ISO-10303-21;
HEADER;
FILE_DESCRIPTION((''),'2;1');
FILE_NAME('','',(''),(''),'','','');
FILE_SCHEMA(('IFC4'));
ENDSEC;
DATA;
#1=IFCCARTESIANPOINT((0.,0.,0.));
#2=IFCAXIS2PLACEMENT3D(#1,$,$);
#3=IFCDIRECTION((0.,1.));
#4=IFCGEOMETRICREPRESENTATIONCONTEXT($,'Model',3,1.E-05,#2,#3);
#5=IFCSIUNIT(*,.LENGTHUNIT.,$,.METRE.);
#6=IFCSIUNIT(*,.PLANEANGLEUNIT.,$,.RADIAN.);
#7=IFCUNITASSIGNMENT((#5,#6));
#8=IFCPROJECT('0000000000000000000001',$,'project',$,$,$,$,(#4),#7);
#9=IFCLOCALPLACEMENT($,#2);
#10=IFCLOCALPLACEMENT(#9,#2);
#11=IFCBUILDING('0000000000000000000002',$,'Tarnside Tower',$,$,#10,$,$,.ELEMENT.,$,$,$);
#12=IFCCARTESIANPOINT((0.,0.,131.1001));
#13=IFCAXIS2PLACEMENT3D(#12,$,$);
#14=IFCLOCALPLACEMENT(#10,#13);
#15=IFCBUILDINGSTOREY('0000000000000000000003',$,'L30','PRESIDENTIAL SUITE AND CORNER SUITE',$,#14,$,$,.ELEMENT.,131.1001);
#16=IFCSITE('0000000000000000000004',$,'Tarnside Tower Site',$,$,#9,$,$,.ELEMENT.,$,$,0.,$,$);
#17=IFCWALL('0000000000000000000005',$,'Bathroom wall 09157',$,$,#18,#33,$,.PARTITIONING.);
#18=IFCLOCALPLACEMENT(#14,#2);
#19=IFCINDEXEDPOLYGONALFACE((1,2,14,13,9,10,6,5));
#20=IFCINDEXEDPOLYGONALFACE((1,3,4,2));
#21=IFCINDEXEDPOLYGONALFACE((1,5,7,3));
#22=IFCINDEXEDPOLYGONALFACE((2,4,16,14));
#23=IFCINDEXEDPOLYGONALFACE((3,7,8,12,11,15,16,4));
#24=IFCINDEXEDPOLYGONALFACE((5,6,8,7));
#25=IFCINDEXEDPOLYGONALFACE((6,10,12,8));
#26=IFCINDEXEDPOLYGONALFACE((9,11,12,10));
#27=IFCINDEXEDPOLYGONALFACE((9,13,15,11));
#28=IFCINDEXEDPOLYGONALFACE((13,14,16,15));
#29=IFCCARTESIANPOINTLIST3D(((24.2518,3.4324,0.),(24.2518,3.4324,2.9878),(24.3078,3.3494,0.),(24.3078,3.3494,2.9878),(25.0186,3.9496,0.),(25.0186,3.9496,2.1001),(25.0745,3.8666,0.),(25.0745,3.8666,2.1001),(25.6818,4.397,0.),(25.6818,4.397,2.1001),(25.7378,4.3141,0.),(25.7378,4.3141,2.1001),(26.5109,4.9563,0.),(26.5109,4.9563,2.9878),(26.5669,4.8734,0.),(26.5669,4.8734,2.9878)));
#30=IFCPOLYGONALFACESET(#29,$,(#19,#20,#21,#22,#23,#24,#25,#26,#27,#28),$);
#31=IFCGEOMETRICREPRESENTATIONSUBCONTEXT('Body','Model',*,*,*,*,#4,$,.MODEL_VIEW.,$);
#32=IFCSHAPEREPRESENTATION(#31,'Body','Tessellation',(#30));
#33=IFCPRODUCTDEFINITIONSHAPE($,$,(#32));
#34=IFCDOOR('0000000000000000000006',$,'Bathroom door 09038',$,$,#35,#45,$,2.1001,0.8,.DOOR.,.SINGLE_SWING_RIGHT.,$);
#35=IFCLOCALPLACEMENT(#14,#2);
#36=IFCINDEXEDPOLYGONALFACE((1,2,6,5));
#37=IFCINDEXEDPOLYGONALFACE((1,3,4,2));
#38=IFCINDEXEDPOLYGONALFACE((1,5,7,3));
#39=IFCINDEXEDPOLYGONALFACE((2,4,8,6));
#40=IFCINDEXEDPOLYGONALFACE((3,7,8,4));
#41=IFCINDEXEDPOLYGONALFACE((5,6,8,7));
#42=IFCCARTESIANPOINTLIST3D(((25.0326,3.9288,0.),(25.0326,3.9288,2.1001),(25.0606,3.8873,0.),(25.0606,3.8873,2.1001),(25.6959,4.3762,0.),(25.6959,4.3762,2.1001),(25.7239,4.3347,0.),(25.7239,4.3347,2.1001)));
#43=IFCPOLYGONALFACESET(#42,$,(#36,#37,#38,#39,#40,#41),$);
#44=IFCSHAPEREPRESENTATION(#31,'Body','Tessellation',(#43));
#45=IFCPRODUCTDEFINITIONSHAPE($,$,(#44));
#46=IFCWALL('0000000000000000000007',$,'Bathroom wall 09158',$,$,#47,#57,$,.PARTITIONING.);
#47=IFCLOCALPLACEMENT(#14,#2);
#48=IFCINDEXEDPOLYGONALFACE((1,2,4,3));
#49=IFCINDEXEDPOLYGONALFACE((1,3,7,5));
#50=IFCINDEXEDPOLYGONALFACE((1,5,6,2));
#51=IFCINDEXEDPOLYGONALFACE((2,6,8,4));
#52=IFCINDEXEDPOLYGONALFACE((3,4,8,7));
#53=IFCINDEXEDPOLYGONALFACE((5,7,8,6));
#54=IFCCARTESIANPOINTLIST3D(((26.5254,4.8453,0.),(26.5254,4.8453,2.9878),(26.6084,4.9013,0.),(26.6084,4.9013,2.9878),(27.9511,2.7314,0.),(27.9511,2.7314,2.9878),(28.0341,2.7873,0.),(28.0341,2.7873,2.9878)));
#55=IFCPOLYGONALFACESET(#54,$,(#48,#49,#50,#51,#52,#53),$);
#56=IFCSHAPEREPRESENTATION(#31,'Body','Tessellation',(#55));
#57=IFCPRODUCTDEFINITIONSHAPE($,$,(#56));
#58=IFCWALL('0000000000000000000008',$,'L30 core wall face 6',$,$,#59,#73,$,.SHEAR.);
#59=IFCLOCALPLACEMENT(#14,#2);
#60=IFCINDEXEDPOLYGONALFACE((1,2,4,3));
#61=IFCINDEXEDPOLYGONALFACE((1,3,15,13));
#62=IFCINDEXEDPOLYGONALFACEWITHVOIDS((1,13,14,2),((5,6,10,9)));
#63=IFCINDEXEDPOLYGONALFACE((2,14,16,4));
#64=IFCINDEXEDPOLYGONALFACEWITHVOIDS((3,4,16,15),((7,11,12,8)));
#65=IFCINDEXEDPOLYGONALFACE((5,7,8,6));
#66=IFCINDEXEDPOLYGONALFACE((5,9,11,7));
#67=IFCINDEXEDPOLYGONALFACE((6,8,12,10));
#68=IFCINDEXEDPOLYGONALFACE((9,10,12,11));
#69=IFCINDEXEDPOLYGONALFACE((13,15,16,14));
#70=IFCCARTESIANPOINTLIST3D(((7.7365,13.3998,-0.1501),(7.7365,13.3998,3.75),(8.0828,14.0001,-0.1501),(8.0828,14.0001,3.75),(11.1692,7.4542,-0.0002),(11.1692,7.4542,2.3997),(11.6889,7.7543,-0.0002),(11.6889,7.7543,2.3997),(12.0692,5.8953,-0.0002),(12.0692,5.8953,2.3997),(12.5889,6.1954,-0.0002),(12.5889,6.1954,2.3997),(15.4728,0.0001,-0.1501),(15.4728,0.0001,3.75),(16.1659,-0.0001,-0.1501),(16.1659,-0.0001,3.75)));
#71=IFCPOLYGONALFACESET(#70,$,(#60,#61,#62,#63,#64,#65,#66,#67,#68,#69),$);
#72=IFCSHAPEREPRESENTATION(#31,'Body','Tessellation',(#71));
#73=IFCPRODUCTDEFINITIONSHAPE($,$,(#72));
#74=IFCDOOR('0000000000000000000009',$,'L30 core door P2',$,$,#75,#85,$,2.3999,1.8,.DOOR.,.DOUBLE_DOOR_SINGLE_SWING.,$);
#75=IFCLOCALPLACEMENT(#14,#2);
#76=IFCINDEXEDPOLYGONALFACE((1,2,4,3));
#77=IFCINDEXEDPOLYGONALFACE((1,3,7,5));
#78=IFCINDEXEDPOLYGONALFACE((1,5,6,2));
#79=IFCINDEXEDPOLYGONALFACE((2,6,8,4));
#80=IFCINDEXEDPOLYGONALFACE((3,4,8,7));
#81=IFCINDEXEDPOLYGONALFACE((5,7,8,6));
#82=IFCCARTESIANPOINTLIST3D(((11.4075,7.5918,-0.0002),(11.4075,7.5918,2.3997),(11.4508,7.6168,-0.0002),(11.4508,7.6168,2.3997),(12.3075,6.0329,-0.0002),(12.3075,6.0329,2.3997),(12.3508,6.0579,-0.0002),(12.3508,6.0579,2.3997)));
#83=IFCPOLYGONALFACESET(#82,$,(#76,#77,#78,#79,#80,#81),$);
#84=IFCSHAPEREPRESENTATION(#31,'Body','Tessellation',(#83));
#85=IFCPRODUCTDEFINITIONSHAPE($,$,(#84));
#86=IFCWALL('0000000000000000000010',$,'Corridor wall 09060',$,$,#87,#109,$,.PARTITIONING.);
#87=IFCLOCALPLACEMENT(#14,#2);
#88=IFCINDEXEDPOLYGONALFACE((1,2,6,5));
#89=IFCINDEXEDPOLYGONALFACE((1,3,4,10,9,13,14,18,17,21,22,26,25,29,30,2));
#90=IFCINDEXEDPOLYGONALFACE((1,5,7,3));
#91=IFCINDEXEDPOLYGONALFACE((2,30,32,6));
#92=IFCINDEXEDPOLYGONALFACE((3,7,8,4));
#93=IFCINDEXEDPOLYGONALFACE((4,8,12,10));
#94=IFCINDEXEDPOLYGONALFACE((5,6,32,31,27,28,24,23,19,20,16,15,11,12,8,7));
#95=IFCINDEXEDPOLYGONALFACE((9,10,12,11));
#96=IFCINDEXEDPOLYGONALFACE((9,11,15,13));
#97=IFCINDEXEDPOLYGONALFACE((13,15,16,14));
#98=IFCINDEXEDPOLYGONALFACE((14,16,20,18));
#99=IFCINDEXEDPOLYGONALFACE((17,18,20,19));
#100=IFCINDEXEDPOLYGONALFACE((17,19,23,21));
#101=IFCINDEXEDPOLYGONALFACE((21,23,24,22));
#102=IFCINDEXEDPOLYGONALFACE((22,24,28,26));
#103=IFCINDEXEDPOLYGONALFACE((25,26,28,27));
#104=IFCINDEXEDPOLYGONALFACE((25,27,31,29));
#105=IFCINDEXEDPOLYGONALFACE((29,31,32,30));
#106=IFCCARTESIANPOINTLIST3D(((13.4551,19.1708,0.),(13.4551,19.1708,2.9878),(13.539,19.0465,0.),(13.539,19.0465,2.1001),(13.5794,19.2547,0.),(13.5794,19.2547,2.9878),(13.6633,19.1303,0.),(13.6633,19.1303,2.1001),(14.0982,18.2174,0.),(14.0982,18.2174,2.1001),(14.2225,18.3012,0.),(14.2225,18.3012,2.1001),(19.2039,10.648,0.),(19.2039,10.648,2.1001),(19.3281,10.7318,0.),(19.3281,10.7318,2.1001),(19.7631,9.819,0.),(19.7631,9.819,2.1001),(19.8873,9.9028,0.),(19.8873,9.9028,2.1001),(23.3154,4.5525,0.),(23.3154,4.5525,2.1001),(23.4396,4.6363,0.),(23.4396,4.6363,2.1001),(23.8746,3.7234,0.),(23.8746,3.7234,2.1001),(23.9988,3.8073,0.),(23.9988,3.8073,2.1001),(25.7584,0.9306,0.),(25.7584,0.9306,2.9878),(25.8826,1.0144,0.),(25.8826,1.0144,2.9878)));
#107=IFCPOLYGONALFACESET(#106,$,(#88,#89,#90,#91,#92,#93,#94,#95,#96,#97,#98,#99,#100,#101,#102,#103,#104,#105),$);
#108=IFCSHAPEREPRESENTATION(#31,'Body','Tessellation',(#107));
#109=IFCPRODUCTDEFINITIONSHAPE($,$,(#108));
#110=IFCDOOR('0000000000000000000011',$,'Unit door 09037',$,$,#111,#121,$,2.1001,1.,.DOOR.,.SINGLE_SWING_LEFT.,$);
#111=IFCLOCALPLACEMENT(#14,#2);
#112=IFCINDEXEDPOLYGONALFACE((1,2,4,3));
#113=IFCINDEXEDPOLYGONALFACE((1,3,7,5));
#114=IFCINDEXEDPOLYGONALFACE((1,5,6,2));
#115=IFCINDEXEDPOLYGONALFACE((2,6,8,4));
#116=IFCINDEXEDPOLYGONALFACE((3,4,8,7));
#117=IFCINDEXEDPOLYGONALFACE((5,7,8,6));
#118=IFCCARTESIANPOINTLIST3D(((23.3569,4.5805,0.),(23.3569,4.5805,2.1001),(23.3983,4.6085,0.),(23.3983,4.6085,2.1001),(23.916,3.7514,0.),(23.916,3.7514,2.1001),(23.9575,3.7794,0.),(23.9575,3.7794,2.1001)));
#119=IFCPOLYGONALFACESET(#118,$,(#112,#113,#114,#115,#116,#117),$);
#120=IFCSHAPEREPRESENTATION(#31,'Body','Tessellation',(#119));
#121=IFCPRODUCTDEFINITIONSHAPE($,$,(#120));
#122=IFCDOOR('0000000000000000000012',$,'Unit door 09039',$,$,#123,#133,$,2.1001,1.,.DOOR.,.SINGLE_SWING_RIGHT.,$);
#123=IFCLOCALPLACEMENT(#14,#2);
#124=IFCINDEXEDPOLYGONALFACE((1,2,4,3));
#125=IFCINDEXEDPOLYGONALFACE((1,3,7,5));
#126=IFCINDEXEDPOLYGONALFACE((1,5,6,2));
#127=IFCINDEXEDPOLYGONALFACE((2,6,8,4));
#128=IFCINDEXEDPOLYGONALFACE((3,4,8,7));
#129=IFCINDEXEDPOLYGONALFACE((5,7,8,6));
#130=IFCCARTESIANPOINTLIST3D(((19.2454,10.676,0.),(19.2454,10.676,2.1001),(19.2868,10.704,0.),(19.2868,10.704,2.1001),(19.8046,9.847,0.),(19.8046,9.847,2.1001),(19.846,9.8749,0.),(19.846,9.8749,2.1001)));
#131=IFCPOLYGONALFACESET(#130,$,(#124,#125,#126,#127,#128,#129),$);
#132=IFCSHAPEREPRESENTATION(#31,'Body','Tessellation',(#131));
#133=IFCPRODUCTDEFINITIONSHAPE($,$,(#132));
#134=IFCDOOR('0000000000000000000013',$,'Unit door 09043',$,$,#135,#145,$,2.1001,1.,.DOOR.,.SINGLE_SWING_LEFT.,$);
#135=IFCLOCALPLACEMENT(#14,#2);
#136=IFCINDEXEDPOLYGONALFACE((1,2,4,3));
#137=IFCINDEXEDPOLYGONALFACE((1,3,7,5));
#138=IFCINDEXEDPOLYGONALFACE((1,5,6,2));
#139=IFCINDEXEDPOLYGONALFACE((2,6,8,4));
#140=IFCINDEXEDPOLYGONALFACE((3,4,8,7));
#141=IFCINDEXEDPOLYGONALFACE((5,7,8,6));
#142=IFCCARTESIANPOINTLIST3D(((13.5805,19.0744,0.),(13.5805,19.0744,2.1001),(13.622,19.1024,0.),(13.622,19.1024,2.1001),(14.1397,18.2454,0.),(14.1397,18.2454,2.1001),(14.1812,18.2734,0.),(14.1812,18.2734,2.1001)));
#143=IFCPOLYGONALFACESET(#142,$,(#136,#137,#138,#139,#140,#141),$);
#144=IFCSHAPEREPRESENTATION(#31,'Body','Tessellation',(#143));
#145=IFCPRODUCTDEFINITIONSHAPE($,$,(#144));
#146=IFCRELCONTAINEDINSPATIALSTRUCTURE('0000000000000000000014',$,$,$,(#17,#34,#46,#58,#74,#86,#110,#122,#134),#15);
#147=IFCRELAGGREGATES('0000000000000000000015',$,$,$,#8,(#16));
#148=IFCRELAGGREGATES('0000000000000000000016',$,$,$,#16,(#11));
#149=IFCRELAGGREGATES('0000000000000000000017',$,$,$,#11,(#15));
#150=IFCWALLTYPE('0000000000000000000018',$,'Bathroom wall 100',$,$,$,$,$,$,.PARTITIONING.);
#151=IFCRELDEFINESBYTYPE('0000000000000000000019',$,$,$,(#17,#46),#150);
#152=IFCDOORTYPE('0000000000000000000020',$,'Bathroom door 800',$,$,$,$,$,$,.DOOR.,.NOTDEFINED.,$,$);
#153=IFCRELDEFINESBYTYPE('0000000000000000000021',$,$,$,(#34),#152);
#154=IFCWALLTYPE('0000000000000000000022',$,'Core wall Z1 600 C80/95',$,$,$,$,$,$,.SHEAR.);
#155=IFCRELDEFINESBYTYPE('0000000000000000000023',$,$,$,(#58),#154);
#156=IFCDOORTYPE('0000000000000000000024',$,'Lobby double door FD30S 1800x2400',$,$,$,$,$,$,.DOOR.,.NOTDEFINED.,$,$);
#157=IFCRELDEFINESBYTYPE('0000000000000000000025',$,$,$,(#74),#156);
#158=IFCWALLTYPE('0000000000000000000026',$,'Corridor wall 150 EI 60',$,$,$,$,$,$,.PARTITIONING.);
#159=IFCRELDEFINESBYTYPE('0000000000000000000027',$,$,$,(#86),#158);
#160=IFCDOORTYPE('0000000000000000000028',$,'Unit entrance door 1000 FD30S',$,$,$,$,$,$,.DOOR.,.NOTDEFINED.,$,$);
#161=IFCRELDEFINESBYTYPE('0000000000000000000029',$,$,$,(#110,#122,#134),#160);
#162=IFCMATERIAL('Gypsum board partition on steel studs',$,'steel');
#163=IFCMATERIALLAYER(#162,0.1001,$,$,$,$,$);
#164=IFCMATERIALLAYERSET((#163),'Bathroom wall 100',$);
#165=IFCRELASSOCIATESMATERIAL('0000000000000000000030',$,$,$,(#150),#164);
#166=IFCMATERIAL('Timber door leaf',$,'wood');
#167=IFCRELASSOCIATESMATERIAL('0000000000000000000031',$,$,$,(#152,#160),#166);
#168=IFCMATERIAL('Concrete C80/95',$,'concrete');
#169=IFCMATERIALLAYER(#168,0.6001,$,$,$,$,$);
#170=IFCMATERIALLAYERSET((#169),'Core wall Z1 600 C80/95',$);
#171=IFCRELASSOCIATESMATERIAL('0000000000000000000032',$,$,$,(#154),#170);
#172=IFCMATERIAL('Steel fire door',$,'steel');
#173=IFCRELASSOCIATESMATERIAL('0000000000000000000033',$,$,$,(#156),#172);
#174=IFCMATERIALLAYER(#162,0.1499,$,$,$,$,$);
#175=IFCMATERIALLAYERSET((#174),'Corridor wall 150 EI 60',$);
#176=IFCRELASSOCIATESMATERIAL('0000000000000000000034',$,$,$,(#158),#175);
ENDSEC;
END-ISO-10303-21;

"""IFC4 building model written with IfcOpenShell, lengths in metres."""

from ifc_helpers import new_model, si_unit, direction, frame, frame_2d, origin, place, context, subcontext, project, spatial, polyline, rectangle, outline, extrude, material, layer, layer_set, type_object, element, fill, save


model = new_model("IFC4")

# Units and contexts
model_context = context("Model", 3, precision=1e-05, world=origin(), true_north=direction((0.0, 1.0)))
body_context = subcontext(model_context, "Body", "Model", "MODEL_VIEW")
ifc_project = project(units=[si_unit("LENGTHUNIT", "METRE"), si_unit("PLANEANGLEUNIT", "RADIAN")], contexts=[model_context])

# Site, building, storey
site_placement = place(None, origin())
site = spatial("IfcSite", under=ifc_project, at=site_placement, Name="Tarnside Tower Site", CompositionType="ELEMENT", RefElevation=0.0)
building_placement = place(site_placement, origin())
building = spatial("IfcBuilding", under=site, at=building_placement, Name="Tarnside Tower", CompositionType="ELEMENT")
storey_placement = place(building_placement, frame((0.0, 0.0, 131.1001)))
storey = spatial("IfcBuildingStorey", under=building, at=storey_placement, Name="L30", Description="PRESIDENTIAL SUITE AND CORNER SUITE", CompositionType="ELEMENT", Elevation=131.1001)

# Wall, opening, door
ifc_material_1 = material(Name="Gypsum board partition on steel studs", Category="steel")
ifc_layer_1 = layer(ifc_material_1, 0.1001)
ifc_layer_set_1 = layer_set([ifc_layer_1], Name="Bathroom wall 100")
wall_type_1 = type_object("IfcWallType", Name="Bathroom wall 100", PredefinedType="PARTITIONING", material=ifc_layer_set_1)
wall_1_placement = place(storey_placement, frame((24.2798, 3.3909, 0.0), z_axis=(0.0, 0.0, 1.0), x_axis=(0.829005, 0.55924, 0.0)))
wall_1 = element("IfcWall", 1, at=wall_1_placement, inside=storey, type_object=wall_type_1, Name="Bathroom wall 09157", PredefinedType="PARTITIONING", context=body_context, shape_type="SweptSolid", body=[
    extrude(rectangle(XDim=2.7251, YDim=0.1001, at=frame_2d((1.3625, 0.0))), origin(), (0.0, 0.0, 1.0), 2.9878),
])
opening_1_placement = place(wall_1_placement, frame((0.925, 0.0, 0.0)))
opening_1 = element("IfcOpeningElement", 2, at=opening_1_placement, cuts=wall_1, PredefinedType="OPENING", context=body_context, shape_type="SweptSolid", body=[
    extrude(rectangle(XDim=0.8, YDim=2.1001, at=frame_2d((0.3999, 1.05))), frame((0.0, 0.0601, 0.0), z_axis=(0.0, -1.0, 0.0), x_axis=(1.0, 0.0, 0.0)), (0.0, 0.0, 1.0), 0.1201),
])
ifc_material_2 = material(Name="Timber door leaf", Category="wood")
door_type_1 = type_object("IfcDoorType", Name="Bathroom door 800", OperationType="NOTDEFINED", PredefinedType="DOOR", material=ifc_material_2)
door_1_placement = place(opening_1_placement, origin())
door_1 = element("IfcDoor", 3, at=door_1_placement, inside=storey, type_object=door_type_1, Name="Bathroom door 09038", OperationType="SINGLE_SWING_RIGHT", OverallHeight=2.1001, OverallWidth=0.8, PredefinedType="DOOR", context=body_context, shape_type="SweptSolid", body=[
    extrude(rectangle(XDim=0.8, YDim=2.1001, at=frame_2d((0.3999, 1.05))), frame((0.0, 0.0249, 0.0), z_axis=(0.0, -1.0, 0.0), x_axis=(1.0, 0.0, 0.0)), (0.0, 0.0, 1.0), 0.05),
])
fill(opening_1, door_1)

# Wall
wall_2_placement = place(storey_placement, frame((26.5669, 4.8733, 0.0), z_axis=(0.0, 0.0, 1.0), x_axis=(0.559155, -0.829063, 0.0)))
element("IfcWall", 4, at=wall_2_placement, inside=storey, type_object=wall_type_1, Name="Bathroom wall 09158", PredefinedType="PARTITIONING", context=body_context, shape_type="SweptSolid", body=[
    extrude(rectangle(XDim=2.5498, YDim=0.1001, at=frame_2d((1.2749, 0.0))), origin(), (0.0, 0.0, 1.0), 2.9878),
])

# Wall, opening, door
ifc_material_3 = material(Name="Concrete C80/95", Category="concrete")
ifc_layer_2 = layer(ifc_material_3, 0.6001)
ifc_layer_set_2 = layer_set([ifc_layer_2], Name="Core wall Z1 600 C80/95")
wall_type_2 = type_object("IfcWallType", Name="Core wall Z1 600 C80/95", PredefinedType="SHEAR", material=ifc_layer_set_2)
wall_3_placement = place(storey_placement, frame((15.8193, 0.0, -0.1501), z_axis=(0.0, 0.0, 1.0), x_axis=(-0.5, 0.866025, 0.0)))
wall_3 = element("IfcWall", 5, at=wall_3_placement, inside=storey, type_object=wall_type_2, Name="L30 core wall face 6", PredefinedType="SHEAR", context=body_context, shape_type="SweptSolid", body=[
    extrude(outline(polyline([(-0.1733, -0.3), (15.9927, -0.3), (15.646, 0.3), (0.1733, 0.3), (-0.1733, -0.3)])), origin(), (0.0, 0.0, 1.0), 3.9001),
])
opening_2_placement = place(wall_3_placement, frame((6.9807, 0.0, 0.1499)))
opening_2 = element("IfcOpeningElement", 6, at=opening_2_placement, cuts=wall_3, PredefinedType="OPENING", context=body_context, shape_type="SweptSolid", body=[
    extrude(rectangle(XDim=1.8, YDim=2.3999, at=frame_2d((0.8999, 1.2))), frame((0.0, 0.3101, 0.0), z_axis=(0.0, -1.0, 0.0), x_axis=(1.0, 0.0, 0.0)), (0.0, 0.0, 1.0), 0.6201),
])
ifc_material_4 = material(Name="Steel fire door", Category="steel")
door_type_2 = type_object("IfcDoorType", Name="Lobby double door FD30S 1800x2400", OperationType="NOTDEFINED", PredefinedType="DOOR", material=ifc_material_4)
door_2_placement = place(opening_2_placement, origin())
door_2 = element("IfcDoor", 7, at=door_2_placement, inside=storey, type_object=door_type_2, Name="L30 core door P2", OperationType="DOUBLE_DOOR_SINGLE_SWING", OverallHeight=2.3999, OverallWidth=1.8, PredefinedType="DOOR", context=body_context, shape_type="SweptSolid", body=[
    extrude(rectangle(XDim=1.8, YDim=2.3999, at=frame_2d((0.8999, 1.2))), frame((0.0, 0.0249, 0.0), z_axis=(0.0, -1.0, 0.0), x_axis=(1.0, 0.0, 0.0)), (0.0, 0.0, 1.0), 0.05),
])
fill(opening_2, door_2)

# Wall, openings, doors
ifc_layer_3 = layer(ifc_material_1, 0.1499)
ifc_layer_set_3 = layer_set([ifc_layer_3], Name="Corridor wall 150 EI 60")
wall_type_3 = type_object("IfcWallType", Name="Corridor wall 150 EI 60", PredefinedType="PARTITIONING", material=ifc_layer_set_3)
wall_4_placement = place(storey_placement, frame((25.8206, 0.9724, 0.0), z_axis=(0.0, 0.0, 1.0), x_axis=(-0.559194, 0.829037, 0.0)))
wall_4 = element("IfcWall", 8, at=wall_4_placement, inside=storey, type_object=wall_type_3, Name="Corridor wall 09060", PredefinedType="PARTITIONING", context=body_context, shape_type="SweptSolid", body=[
    extrude(rectangle(XDim=22.0017, YDim=0.1499, at=frame_2d((11.001, 0.0))), origin(), (0.0, 0.0, 1.0), 2.9878),
])
opening_3_placement = place(wall_4_placement, frame((3.3689, 0.0, 0.0)))
opening_3 = element("IfcOpeningElement", 9, at=opening_3_placement, cuts=wall_4, PredefinedType="OPENING", context=body_context, shape_type="SweptSolid", body=[
    extrude(rectangle(XDim=1.0, YDim=2.1001, at=frame_2d((0.5, 1.05))), frame((0.0, 0.085, 0.0), z_axis=(0.0, -1.0, 0.0), x_axis=(1.0, 0.0, 0.0)), (0.0, 0.0, 1.0), 0.1699),
])
opening_4_placement = place(wall_4_placement, frame((10.7214, 0.0, 0.0)))
opening_4 = element("IfcOpeningElement", 10, at=opening_4_placement, cuts=wall_4, PredefinedType="OPENING", context=body_context, shape_type="SweptSolid", body=[
    extrude(rectangle(XDim=1.0, YDim=2.1001, at=frame_2d((0.5, 1.05))), frame((0.0, 0.085, 0.0), z_axis=(0.0, -1.0, 0.0), x_axis=(1.0, 0.0, 0.0)), (0.0, 0.0, 1.0), 0.1699),
])
opening_5_placement = place(wall_4_placement, frame((20.8518, 0.0, 0.0)))
opening_5 = element("IfcOpeningElement", 11, at=opening_5_placement, cuts=wall_4, PredefinedType="OPENING", context=body_context, shape_type="SweptSolid", body=[
    extrude(rectangle(XDim=1.0, YDim=2.1001, at=frame_2d((0.5, 1.05))), frame((0.0, 0.085, 0.0), z_axis=(0.0, -1.0, 0.0), x_axis=(1.0, 0.0, 0.0)), (0.0, 0.0, 1.0), 0.1699),
])
door_type_3 = type_object("IfcDoorType", Name="Unit entrance door 1000 FD30S", OperationType="NOTDEFINED", PredefinedType="DOOR", material=ifc_material_2)
door_3_placement = place(opening_3_placement, origin())
door_3 = element("IfcDoor", 12, at=door_3_placement, inside=storey, type_object=door_type_3, Name="Unit door 09037", OperationType="SINGLE_SWING_LEFT", OverallHeight=2.1001, OverallWidth=1.0, PredefinedType="DOOR", context=body_context, shape_type="SweptSolid", body=[
    extrude(rectangle(XDim=1.0, YDim=2.1001, at=frame_2d((0.5, 1.05))), frame((0.0, 0.0249, 0.0), z_axis=(0.0, -1.0, 0.0), x_axis=(1.0, 0.0, 0.0)), (0.0, 0.0, 1.0), 0.05),
])
fill(opening_3, door_3)
door_4_placement = place(opening_4_placement, origin())
door_4 = element("IfcDoor", 13, at=door_4_placement, inside=storey, type_object=door_type_3, Name="Unit door 09039", OperationType="SINGLE_SWING_RIGHT", OverallHeight=2.1001, OverallWidth=1.0, PredefinedType="DOOR", context=body_context, shape_type="SweptSolid", body=[
    extrude(rectangle(XDim=1.0, YDim=2.1001, at=frame_2d((0.5, 1.05))), frame((0.0, 0.0249, 0.0), z_axis=(0.0, -1.0, 0.0), x_axis=(1.0, 0.0, 0.0)), (0.0, 0.0, 1.0), 0.05),
])
fill(opening_4, door_4)
door_5_placement = place(opening_5_placement, origin())
door_5 = element("IfcDoor", 14, at=door_5_placement, inside=storey, type_object=door_type_3, Name="Unit door 09043", OperationType="SINGLE_SWING_LEFT", OverallHeight=2.1001, OverallWidth=1.0, PredefinedType="DOOR", context=body_context, shape_type="SweptSolid", body=[
    extrude(rectangle(XDim=1.0, YDim=2.1001, at=frame_2d((0.5, 1.05))), frame((0.0, 0.0249, 0.0), z_axis=(0.0, -1.0, 0.0), x_axis=(1.0, 0.0, 0.0)), (0.0, 0.0, 1.0), 0.05),
])
fill(opening_5, door_5)

save(model, "model.ifc")
